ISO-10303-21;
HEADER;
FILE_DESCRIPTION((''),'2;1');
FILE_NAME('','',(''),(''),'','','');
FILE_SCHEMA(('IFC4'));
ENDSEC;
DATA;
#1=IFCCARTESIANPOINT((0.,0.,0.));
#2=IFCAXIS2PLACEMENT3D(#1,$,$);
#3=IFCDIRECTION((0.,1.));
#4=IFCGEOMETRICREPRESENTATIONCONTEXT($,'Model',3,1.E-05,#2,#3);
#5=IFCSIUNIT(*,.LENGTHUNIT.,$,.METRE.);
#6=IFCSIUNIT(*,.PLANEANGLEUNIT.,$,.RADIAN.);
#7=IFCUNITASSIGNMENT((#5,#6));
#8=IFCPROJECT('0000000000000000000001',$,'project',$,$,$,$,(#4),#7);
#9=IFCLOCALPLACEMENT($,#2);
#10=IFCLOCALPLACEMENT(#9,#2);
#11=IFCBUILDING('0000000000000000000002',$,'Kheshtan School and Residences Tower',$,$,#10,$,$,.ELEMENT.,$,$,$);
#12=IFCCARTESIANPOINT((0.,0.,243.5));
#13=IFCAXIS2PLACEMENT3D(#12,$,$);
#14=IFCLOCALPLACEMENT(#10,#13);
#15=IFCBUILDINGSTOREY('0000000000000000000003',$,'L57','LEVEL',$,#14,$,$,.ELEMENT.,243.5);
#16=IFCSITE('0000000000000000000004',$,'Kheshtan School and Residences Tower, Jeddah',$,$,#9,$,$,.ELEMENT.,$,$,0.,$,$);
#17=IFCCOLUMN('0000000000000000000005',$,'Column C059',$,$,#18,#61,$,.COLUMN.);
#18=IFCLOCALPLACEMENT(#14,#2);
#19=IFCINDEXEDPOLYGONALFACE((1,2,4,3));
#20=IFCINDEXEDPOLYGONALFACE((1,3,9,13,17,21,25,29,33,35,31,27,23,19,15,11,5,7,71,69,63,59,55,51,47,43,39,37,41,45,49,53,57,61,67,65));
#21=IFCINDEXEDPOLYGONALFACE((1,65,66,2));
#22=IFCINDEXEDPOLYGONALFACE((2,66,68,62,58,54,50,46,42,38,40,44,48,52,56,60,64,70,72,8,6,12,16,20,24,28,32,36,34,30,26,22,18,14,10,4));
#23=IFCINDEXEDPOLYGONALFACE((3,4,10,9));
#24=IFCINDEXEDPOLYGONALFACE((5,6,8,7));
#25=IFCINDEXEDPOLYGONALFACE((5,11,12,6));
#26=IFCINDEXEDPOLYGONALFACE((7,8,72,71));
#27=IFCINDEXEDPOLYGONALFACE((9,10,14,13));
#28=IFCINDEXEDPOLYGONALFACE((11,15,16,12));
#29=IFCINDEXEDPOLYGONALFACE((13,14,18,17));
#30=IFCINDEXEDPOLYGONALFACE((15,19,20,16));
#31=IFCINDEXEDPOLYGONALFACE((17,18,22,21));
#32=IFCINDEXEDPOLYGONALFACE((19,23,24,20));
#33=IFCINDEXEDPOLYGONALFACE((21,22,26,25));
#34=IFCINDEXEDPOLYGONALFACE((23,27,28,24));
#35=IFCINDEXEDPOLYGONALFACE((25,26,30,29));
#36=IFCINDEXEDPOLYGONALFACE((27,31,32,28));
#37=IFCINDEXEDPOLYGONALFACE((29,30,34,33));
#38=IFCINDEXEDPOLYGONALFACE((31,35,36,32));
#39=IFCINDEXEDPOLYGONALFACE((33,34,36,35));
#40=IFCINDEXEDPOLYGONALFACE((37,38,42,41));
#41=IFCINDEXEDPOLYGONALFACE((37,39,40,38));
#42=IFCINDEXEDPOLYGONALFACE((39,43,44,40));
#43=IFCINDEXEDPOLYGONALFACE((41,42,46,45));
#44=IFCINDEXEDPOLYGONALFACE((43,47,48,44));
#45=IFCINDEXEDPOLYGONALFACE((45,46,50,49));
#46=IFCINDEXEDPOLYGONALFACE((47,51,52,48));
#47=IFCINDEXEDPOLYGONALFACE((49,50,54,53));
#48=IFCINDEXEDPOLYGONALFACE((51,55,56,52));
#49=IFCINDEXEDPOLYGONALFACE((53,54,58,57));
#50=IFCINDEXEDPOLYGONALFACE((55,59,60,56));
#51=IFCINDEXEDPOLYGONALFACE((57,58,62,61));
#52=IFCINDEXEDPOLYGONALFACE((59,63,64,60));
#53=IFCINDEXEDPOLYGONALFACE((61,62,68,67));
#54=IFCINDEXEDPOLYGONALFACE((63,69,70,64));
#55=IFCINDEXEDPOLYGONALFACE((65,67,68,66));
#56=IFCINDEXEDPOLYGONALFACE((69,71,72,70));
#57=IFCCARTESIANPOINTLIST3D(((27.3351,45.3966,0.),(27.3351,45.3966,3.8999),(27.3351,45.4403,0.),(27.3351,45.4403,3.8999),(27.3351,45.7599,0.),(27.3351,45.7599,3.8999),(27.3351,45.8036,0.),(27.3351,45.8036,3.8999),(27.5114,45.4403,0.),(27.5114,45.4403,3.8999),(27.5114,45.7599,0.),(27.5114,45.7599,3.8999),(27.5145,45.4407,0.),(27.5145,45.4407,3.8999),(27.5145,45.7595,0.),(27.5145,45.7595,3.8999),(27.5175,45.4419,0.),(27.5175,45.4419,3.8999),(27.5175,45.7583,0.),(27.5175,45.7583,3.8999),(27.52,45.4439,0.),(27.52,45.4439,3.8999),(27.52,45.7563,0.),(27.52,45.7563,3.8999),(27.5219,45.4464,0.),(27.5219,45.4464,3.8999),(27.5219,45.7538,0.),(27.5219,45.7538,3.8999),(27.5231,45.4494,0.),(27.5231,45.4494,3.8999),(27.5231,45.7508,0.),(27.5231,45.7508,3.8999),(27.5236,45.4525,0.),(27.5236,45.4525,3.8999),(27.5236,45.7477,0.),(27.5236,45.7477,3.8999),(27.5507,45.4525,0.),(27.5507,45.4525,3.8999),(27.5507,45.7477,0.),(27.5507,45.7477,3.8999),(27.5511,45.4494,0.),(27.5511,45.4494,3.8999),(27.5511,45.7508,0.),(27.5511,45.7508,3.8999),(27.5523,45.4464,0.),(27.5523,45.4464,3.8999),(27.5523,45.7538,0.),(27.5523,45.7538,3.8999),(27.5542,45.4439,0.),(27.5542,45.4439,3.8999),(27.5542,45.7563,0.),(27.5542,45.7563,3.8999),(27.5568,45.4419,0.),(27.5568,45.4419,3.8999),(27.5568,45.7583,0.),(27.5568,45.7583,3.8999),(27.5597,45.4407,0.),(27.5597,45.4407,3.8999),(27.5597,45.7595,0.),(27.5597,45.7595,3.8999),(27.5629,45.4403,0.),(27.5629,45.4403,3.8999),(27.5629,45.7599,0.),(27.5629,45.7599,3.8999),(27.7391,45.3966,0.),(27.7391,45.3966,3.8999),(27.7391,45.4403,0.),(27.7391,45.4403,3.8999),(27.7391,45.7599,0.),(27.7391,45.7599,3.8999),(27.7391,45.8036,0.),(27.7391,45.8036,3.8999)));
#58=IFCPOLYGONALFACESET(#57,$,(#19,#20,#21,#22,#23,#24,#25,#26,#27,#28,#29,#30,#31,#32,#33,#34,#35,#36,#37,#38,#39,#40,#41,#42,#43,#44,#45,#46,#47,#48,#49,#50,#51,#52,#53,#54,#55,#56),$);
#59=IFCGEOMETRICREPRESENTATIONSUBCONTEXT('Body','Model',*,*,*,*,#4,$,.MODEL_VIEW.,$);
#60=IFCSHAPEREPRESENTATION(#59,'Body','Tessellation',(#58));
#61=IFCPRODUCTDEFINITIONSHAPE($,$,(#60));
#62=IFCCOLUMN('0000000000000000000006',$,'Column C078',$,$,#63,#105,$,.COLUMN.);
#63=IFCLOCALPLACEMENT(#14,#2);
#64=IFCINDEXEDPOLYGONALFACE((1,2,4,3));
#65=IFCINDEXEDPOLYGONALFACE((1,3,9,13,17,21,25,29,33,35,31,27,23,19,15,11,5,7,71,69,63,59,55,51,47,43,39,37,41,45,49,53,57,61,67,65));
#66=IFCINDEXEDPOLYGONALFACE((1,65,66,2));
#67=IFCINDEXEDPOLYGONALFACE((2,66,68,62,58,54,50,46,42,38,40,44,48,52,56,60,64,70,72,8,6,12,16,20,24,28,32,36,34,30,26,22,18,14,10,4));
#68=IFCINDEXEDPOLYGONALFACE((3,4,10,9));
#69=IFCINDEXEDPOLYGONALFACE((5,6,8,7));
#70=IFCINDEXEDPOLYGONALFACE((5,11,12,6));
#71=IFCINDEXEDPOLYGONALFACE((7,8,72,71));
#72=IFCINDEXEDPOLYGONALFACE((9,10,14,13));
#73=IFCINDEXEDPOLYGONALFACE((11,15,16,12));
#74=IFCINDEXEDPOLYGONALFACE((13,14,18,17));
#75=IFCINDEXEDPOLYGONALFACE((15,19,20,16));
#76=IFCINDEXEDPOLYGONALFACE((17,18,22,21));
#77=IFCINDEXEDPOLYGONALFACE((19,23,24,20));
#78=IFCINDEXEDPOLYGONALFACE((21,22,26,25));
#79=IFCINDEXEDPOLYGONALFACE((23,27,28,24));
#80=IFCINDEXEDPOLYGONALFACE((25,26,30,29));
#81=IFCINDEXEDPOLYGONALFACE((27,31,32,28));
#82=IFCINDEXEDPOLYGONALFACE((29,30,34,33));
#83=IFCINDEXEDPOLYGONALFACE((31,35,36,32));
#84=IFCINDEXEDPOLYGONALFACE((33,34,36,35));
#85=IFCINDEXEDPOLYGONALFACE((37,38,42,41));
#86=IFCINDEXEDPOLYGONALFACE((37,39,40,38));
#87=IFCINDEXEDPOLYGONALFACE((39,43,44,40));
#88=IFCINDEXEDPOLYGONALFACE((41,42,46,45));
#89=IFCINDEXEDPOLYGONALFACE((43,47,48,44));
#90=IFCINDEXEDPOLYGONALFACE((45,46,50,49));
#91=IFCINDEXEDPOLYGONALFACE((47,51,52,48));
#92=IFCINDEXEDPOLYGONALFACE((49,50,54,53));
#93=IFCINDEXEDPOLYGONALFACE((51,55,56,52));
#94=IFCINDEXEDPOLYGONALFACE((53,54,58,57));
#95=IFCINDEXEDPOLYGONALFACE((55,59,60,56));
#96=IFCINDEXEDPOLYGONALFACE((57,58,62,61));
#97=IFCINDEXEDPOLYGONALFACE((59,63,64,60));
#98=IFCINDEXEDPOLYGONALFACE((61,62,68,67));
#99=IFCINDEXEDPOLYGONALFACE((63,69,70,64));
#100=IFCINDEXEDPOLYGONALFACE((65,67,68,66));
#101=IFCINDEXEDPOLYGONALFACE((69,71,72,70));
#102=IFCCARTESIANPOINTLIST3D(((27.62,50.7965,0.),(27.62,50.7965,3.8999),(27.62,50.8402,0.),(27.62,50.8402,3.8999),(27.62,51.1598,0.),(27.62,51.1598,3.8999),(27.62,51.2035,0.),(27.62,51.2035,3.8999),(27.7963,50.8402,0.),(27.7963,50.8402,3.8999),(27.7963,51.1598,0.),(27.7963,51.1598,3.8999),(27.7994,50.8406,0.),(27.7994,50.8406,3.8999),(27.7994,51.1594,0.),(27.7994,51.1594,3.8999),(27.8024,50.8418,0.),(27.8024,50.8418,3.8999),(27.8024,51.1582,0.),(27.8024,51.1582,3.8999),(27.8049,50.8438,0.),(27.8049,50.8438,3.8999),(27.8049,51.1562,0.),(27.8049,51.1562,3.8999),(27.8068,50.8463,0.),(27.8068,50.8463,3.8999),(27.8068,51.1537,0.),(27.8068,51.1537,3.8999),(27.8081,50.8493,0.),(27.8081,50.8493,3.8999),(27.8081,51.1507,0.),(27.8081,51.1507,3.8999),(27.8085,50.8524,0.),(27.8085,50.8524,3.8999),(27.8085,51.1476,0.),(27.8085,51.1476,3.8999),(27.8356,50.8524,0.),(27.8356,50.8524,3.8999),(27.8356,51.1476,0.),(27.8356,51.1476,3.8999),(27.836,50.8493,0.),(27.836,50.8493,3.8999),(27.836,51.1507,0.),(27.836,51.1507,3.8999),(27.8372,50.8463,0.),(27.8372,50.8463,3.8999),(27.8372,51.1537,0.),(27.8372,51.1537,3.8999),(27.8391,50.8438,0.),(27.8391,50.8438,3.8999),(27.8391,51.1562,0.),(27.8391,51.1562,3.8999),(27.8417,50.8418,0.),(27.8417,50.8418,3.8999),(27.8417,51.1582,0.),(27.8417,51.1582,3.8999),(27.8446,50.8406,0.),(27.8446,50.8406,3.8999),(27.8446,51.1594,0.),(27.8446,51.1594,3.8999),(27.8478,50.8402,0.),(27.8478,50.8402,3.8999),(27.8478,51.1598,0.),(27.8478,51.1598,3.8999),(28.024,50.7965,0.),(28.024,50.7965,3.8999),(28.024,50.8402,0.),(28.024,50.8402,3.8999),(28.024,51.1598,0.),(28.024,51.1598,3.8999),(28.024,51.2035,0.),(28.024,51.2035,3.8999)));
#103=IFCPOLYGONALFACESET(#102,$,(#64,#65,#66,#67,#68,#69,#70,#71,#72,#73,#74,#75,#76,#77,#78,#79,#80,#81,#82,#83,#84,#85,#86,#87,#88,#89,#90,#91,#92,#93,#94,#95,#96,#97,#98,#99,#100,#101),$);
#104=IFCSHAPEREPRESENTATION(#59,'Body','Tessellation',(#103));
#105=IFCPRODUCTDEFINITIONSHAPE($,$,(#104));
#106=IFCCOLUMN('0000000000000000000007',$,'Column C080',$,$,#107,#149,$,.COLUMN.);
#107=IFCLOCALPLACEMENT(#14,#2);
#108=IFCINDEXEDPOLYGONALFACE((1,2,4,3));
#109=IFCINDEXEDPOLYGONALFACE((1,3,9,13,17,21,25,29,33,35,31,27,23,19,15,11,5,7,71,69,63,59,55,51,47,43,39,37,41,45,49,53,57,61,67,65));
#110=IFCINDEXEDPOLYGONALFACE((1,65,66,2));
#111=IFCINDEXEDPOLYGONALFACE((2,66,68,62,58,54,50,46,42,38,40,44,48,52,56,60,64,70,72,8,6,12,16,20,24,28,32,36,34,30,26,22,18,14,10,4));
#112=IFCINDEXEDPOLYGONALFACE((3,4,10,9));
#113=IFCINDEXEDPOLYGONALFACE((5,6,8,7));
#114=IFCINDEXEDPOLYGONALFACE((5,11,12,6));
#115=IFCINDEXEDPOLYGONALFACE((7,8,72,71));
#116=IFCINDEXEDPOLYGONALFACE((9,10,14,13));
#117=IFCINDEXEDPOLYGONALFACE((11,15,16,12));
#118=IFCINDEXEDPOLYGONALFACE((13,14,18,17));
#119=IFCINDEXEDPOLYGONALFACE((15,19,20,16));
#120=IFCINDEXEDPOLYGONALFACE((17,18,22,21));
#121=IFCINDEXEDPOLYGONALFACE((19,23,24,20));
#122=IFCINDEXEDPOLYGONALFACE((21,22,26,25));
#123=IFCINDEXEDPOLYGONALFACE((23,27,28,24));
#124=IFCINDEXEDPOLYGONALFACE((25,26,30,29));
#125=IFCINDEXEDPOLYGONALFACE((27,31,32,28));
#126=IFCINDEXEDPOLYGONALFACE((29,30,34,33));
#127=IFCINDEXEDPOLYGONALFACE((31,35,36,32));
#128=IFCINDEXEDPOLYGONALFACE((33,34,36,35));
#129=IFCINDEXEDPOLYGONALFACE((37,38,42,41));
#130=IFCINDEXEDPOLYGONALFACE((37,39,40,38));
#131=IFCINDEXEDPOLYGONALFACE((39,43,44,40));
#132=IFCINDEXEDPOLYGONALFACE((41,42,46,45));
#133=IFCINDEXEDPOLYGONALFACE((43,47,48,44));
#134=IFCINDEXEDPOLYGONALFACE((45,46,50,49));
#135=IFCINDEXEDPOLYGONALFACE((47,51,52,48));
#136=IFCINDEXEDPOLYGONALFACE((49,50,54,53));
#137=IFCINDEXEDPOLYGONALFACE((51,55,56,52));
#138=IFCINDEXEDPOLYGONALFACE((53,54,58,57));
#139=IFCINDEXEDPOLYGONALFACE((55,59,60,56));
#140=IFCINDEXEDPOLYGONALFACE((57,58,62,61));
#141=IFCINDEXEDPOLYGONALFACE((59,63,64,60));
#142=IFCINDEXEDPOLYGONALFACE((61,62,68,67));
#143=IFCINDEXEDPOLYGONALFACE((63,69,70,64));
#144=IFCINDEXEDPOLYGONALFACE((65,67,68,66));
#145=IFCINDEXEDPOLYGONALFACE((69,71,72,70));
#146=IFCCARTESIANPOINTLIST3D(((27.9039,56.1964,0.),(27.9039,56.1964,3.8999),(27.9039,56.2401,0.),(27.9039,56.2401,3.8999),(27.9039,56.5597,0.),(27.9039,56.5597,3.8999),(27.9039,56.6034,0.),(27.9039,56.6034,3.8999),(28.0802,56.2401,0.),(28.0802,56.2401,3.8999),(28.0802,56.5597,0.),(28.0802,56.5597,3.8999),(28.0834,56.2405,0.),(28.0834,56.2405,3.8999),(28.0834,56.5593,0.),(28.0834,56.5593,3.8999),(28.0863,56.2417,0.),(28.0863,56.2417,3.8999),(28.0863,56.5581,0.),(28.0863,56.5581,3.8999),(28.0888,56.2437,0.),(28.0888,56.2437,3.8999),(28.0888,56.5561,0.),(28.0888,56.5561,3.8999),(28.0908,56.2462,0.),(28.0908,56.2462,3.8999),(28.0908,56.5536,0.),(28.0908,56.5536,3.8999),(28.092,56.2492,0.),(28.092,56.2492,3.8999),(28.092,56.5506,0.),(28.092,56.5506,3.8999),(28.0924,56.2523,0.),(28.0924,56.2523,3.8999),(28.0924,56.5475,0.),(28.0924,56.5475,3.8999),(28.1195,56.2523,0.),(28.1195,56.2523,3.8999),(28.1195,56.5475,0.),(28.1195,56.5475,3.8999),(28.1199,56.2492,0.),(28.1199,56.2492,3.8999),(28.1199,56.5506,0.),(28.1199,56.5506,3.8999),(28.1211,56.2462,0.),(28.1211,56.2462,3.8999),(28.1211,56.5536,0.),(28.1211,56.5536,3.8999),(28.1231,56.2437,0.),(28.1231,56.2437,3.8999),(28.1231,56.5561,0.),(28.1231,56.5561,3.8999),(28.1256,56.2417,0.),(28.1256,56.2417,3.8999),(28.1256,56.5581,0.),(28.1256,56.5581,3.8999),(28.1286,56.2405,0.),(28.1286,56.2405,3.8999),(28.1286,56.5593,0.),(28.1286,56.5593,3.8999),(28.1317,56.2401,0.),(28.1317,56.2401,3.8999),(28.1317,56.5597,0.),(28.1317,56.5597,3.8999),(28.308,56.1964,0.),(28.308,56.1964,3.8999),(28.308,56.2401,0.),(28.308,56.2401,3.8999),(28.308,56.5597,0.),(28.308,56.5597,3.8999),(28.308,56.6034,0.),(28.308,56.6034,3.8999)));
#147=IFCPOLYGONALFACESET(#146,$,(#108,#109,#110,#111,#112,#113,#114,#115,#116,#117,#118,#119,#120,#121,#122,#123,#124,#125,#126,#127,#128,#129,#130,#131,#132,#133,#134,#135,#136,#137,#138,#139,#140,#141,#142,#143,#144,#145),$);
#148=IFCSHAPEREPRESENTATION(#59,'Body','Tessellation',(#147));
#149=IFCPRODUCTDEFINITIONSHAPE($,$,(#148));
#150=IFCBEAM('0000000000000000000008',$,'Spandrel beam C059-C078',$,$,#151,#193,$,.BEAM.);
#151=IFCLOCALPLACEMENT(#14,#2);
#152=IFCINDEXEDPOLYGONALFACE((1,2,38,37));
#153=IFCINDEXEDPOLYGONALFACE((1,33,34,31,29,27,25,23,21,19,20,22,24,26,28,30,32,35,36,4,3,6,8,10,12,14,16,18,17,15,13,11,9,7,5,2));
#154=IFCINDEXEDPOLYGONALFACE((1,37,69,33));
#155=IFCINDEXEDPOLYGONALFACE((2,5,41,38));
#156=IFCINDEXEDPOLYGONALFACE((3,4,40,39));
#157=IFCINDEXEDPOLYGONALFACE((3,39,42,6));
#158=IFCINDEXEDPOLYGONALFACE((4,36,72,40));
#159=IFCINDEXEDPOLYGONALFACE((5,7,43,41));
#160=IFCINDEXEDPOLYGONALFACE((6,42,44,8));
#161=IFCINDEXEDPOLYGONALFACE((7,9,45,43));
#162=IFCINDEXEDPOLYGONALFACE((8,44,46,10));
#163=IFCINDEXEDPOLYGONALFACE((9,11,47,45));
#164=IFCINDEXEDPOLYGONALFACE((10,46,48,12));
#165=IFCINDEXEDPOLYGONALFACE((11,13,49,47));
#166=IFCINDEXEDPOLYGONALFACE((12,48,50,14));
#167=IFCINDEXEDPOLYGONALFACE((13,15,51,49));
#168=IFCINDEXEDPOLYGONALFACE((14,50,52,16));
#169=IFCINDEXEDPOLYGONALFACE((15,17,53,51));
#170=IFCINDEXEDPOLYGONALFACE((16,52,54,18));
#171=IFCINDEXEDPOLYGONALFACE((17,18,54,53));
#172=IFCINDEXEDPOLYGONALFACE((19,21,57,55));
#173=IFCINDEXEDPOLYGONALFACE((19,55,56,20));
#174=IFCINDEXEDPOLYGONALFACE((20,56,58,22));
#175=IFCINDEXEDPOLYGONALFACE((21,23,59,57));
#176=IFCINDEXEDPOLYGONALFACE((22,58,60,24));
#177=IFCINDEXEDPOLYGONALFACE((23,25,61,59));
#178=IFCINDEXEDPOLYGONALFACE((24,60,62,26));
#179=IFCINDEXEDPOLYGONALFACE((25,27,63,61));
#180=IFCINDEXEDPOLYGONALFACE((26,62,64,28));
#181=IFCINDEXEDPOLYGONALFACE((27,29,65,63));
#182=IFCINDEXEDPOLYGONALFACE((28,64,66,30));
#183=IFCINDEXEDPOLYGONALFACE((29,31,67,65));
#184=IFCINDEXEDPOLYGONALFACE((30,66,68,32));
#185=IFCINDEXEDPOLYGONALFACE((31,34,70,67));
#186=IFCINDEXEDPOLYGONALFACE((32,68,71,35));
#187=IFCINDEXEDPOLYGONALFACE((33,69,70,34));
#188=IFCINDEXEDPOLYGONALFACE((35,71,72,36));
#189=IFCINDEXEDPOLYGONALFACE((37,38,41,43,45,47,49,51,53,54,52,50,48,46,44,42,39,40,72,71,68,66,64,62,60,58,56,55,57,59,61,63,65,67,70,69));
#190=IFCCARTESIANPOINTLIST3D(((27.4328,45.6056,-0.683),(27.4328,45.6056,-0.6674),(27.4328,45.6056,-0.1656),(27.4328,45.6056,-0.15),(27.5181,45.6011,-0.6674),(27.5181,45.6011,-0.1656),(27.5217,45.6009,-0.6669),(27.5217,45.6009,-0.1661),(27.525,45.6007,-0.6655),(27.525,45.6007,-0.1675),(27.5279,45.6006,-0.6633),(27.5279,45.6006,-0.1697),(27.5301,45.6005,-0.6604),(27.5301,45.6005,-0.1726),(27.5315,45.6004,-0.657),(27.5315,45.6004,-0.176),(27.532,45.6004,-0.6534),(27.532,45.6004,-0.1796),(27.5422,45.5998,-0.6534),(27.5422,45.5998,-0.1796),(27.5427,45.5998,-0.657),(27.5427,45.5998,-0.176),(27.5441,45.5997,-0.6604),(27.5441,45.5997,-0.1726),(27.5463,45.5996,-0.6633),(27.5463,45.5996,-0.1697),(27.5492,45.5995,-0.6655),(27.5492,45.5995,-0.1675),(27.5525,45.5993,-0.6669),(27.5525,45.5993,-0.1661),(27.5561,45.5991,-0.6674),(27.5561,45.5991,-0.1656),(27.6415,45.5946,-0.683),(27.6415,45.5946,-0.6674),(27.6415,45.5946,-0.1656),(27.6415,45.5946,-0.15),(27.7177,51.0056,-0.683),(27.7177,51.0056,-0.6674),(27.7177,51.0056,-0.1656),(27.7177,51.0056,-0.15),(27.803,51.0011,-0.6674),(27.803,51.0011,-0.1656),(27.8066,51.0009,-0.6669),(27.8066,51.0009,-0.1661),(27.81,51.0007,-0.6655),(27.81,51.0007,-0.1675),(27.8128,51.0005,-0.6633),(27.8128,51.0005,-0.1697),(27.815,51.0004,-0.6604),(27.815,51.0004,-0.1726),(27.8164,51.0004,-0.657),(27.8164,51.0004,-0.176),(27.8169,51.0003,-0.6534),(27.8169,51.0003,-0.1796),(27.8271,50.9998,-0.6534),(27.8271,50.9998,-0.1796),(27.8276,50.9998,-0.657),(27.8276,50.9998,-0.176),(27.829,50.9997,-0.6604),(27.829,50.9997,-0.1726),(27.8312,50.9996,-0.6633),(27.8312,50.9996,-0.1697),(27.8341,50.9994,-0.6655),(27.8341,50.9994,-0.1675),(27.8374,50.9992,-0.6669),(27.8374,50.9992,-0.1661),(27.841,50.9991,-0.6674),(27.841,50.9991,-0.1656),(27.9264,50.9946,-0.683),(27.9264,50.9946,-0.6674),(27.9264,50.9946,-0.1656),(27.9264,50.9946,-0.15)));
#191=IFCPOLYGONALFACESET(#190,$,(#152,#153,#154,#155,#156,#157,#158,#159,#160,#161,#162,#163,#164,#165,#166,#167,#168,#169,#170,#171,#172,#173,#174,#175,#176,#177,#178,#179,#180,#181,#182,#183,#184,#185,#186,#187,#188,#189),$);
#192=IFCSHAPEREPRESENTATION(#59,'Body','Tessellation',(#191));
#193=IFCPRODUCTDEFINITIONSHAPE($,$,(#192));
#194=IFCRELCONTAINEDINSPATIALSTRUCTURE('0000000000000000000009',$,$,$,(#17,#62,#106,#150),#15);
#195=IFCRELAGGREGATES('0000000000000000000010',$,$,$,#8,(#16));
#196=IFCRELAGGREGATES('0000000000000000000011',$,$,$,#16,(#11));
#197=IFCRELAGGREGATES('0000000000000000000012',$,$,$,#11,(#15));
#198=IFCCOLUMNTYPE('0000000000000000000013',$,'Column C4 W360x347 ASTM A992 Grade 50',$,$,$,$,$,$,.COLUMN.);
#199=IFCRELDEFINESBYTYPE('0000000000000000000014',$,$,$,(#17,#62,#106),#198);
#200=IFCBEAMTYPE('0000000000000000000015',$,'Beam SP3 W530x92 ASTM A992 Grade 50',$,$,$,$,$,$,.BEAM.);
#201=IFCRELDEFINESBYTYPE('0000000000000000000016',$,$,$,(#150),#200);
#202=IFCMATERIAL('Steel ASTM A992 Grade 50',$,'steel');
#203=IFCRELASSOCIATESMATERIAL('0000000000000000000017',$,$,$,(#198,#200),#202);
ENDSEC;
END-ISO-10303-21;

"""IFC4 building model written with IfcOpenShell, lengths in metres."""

from ifc_helpers import new_model, si_unit, direction, frame, origin, origin_2d, place, context, subcontext, project, spatial, i_section, extrude, material, material_profile, profile_set, type_object, element, save


model = new_model("IFC4")

# Units and contexts
model_context = context("Model", 3, precision=1e-05, world=origin(), true_north=direction((0.0, 1.0)))
body_context = subcontext(model_context, "Body", "Model", "MODEL_VIEW")
ifc_project = project(units=[si_unit("LENGTHUNIT", "METRE"), si_unit("PLANEANGLEUNIT", "RADIAN")], contexts=[model_context])

# Site, building, storey
site_placement = place(None, origin())
site = spatial("IfcSite", under=ifc_project, at=site_placement, Name="Kheshtan School and Residences Tower, Jeddah", CompositionType="ELEMENT", RefElevation=0.0)
building_placement = place(site_placement, origin())
building = spatial("IfcBuilding", under=site, at=building_placement, Name="Kheshtan School and Residences Tower", CompositionType="ELEMENT")
storey_placement = place(building_placement, frame((0.0, 0.0, 243.5)))
storey = spatial("IfcBuildingStorey", under=building, at=storey_placement, Name="L57", Description="LEVEL", CompositionType="ELEMENT", Elevation=243.5)

# Columns
ifc_material_1 = material(Name="Steel ASTM A992 Grade 50", Category="steel")
ifc_material_profile_1 = material_profile(ifc_material_1, i_section(OverallWidth=0.4041, OverallDepth=0.407, WebThickness=0.0271, FlangeThickness=0.0437, FilletRadius=0.0122, at=origin_2d()), Name="W360x347")
ifc_profile_set_1 = profile_set([ifc_material_profile_1], Name="Steel ASTM A992 Grade 50")
column_type = type_object("IfcColumnType", Name="Column C4 W360x347 ASTM A992 Grade 50", PredefinedType="COLUMN", material=ifc_profile_set_1)
for number, where, z_axis, x_axis, name in (
    (1, (27.5371, 45.6001, 0.0), (0.0, 0.0, 1.0), (1.0, 0.0, 0.0), "Column C059"),
    (2, (27.822, 51.0, 0.0), (0.0, 0.0, 1.0), (1.0, 0.0, 0.0), "Column C078"),
    (3, (28.106, 56.3999, 0.0), (0.0, 0.0, 1.0), (1.0, 0.0, 0.0), "Column C080"),
):
    element("IfcColumn", number, at=place(storey_placement, frame(where, z_axis=z_axis, x_axis=x_axis)), inside=storey, type_object=column_type, Name=name, PredefinedType="COLUMN", context=body_context, shape_type="SweptSolid", body=[
        extrude(i_section(OverallWidth=0.4041, OverallDepth=0.407, WebThickness=0.0271, FlangeThickness=0.0437, FilletRadius=0.0122, at=origin_2d()), origin(), (0.0, 0.0, 1.0), 3.8999),
    ])

# Beam
ifc_material_profile_2 = material_profile(ifc_material_1, i_section(OverallWidth=0.209, OverallDepth=0.533, WebThickness=0.0103, FlangeThickness=0.0156, FilletRadius=0.0139, at=origin_2d()), Name="W530x92")
ifc_profile_set_2 = profile_set([ifc_material_profile_2], Name="Steel ASTM A992 Grade 50")
beam_type = type_object("IfcBeamType", Name="Beam SP3 W530x92 ASTM A992 Grade 50", PredefinedType="BEAM", material=ifc_profile_set_2)
for number, where, z_axis, x_axis, name in (
    (4, (27.5371, 45.6001, -0.4165), (0.052689, 0.998611, 0.0), (-0.998611, 0.052689, 0.0), "Spandrel beam C059-C078"),
):
    element("IfcBeam", number, at=place(storey_placement, frame(where, z_axis=z_axis, x_axis=x_axis)), inside=storey, type_object=beam_type, Name=name, PredefinedType="BEAM", context=body_context, shape_type="SweptSolid", body=[
        extrude(i_section(OverallWidth=0.209, OverallDepth=0.533, WebThickness=0.0103, FlangeThickness=0.0156, FilletRadius=0.0139, at=origin_2d()), origin(), (0.0, 0.0, 1.0), 5.4075),
    ])

save(model, "model.ifc")
